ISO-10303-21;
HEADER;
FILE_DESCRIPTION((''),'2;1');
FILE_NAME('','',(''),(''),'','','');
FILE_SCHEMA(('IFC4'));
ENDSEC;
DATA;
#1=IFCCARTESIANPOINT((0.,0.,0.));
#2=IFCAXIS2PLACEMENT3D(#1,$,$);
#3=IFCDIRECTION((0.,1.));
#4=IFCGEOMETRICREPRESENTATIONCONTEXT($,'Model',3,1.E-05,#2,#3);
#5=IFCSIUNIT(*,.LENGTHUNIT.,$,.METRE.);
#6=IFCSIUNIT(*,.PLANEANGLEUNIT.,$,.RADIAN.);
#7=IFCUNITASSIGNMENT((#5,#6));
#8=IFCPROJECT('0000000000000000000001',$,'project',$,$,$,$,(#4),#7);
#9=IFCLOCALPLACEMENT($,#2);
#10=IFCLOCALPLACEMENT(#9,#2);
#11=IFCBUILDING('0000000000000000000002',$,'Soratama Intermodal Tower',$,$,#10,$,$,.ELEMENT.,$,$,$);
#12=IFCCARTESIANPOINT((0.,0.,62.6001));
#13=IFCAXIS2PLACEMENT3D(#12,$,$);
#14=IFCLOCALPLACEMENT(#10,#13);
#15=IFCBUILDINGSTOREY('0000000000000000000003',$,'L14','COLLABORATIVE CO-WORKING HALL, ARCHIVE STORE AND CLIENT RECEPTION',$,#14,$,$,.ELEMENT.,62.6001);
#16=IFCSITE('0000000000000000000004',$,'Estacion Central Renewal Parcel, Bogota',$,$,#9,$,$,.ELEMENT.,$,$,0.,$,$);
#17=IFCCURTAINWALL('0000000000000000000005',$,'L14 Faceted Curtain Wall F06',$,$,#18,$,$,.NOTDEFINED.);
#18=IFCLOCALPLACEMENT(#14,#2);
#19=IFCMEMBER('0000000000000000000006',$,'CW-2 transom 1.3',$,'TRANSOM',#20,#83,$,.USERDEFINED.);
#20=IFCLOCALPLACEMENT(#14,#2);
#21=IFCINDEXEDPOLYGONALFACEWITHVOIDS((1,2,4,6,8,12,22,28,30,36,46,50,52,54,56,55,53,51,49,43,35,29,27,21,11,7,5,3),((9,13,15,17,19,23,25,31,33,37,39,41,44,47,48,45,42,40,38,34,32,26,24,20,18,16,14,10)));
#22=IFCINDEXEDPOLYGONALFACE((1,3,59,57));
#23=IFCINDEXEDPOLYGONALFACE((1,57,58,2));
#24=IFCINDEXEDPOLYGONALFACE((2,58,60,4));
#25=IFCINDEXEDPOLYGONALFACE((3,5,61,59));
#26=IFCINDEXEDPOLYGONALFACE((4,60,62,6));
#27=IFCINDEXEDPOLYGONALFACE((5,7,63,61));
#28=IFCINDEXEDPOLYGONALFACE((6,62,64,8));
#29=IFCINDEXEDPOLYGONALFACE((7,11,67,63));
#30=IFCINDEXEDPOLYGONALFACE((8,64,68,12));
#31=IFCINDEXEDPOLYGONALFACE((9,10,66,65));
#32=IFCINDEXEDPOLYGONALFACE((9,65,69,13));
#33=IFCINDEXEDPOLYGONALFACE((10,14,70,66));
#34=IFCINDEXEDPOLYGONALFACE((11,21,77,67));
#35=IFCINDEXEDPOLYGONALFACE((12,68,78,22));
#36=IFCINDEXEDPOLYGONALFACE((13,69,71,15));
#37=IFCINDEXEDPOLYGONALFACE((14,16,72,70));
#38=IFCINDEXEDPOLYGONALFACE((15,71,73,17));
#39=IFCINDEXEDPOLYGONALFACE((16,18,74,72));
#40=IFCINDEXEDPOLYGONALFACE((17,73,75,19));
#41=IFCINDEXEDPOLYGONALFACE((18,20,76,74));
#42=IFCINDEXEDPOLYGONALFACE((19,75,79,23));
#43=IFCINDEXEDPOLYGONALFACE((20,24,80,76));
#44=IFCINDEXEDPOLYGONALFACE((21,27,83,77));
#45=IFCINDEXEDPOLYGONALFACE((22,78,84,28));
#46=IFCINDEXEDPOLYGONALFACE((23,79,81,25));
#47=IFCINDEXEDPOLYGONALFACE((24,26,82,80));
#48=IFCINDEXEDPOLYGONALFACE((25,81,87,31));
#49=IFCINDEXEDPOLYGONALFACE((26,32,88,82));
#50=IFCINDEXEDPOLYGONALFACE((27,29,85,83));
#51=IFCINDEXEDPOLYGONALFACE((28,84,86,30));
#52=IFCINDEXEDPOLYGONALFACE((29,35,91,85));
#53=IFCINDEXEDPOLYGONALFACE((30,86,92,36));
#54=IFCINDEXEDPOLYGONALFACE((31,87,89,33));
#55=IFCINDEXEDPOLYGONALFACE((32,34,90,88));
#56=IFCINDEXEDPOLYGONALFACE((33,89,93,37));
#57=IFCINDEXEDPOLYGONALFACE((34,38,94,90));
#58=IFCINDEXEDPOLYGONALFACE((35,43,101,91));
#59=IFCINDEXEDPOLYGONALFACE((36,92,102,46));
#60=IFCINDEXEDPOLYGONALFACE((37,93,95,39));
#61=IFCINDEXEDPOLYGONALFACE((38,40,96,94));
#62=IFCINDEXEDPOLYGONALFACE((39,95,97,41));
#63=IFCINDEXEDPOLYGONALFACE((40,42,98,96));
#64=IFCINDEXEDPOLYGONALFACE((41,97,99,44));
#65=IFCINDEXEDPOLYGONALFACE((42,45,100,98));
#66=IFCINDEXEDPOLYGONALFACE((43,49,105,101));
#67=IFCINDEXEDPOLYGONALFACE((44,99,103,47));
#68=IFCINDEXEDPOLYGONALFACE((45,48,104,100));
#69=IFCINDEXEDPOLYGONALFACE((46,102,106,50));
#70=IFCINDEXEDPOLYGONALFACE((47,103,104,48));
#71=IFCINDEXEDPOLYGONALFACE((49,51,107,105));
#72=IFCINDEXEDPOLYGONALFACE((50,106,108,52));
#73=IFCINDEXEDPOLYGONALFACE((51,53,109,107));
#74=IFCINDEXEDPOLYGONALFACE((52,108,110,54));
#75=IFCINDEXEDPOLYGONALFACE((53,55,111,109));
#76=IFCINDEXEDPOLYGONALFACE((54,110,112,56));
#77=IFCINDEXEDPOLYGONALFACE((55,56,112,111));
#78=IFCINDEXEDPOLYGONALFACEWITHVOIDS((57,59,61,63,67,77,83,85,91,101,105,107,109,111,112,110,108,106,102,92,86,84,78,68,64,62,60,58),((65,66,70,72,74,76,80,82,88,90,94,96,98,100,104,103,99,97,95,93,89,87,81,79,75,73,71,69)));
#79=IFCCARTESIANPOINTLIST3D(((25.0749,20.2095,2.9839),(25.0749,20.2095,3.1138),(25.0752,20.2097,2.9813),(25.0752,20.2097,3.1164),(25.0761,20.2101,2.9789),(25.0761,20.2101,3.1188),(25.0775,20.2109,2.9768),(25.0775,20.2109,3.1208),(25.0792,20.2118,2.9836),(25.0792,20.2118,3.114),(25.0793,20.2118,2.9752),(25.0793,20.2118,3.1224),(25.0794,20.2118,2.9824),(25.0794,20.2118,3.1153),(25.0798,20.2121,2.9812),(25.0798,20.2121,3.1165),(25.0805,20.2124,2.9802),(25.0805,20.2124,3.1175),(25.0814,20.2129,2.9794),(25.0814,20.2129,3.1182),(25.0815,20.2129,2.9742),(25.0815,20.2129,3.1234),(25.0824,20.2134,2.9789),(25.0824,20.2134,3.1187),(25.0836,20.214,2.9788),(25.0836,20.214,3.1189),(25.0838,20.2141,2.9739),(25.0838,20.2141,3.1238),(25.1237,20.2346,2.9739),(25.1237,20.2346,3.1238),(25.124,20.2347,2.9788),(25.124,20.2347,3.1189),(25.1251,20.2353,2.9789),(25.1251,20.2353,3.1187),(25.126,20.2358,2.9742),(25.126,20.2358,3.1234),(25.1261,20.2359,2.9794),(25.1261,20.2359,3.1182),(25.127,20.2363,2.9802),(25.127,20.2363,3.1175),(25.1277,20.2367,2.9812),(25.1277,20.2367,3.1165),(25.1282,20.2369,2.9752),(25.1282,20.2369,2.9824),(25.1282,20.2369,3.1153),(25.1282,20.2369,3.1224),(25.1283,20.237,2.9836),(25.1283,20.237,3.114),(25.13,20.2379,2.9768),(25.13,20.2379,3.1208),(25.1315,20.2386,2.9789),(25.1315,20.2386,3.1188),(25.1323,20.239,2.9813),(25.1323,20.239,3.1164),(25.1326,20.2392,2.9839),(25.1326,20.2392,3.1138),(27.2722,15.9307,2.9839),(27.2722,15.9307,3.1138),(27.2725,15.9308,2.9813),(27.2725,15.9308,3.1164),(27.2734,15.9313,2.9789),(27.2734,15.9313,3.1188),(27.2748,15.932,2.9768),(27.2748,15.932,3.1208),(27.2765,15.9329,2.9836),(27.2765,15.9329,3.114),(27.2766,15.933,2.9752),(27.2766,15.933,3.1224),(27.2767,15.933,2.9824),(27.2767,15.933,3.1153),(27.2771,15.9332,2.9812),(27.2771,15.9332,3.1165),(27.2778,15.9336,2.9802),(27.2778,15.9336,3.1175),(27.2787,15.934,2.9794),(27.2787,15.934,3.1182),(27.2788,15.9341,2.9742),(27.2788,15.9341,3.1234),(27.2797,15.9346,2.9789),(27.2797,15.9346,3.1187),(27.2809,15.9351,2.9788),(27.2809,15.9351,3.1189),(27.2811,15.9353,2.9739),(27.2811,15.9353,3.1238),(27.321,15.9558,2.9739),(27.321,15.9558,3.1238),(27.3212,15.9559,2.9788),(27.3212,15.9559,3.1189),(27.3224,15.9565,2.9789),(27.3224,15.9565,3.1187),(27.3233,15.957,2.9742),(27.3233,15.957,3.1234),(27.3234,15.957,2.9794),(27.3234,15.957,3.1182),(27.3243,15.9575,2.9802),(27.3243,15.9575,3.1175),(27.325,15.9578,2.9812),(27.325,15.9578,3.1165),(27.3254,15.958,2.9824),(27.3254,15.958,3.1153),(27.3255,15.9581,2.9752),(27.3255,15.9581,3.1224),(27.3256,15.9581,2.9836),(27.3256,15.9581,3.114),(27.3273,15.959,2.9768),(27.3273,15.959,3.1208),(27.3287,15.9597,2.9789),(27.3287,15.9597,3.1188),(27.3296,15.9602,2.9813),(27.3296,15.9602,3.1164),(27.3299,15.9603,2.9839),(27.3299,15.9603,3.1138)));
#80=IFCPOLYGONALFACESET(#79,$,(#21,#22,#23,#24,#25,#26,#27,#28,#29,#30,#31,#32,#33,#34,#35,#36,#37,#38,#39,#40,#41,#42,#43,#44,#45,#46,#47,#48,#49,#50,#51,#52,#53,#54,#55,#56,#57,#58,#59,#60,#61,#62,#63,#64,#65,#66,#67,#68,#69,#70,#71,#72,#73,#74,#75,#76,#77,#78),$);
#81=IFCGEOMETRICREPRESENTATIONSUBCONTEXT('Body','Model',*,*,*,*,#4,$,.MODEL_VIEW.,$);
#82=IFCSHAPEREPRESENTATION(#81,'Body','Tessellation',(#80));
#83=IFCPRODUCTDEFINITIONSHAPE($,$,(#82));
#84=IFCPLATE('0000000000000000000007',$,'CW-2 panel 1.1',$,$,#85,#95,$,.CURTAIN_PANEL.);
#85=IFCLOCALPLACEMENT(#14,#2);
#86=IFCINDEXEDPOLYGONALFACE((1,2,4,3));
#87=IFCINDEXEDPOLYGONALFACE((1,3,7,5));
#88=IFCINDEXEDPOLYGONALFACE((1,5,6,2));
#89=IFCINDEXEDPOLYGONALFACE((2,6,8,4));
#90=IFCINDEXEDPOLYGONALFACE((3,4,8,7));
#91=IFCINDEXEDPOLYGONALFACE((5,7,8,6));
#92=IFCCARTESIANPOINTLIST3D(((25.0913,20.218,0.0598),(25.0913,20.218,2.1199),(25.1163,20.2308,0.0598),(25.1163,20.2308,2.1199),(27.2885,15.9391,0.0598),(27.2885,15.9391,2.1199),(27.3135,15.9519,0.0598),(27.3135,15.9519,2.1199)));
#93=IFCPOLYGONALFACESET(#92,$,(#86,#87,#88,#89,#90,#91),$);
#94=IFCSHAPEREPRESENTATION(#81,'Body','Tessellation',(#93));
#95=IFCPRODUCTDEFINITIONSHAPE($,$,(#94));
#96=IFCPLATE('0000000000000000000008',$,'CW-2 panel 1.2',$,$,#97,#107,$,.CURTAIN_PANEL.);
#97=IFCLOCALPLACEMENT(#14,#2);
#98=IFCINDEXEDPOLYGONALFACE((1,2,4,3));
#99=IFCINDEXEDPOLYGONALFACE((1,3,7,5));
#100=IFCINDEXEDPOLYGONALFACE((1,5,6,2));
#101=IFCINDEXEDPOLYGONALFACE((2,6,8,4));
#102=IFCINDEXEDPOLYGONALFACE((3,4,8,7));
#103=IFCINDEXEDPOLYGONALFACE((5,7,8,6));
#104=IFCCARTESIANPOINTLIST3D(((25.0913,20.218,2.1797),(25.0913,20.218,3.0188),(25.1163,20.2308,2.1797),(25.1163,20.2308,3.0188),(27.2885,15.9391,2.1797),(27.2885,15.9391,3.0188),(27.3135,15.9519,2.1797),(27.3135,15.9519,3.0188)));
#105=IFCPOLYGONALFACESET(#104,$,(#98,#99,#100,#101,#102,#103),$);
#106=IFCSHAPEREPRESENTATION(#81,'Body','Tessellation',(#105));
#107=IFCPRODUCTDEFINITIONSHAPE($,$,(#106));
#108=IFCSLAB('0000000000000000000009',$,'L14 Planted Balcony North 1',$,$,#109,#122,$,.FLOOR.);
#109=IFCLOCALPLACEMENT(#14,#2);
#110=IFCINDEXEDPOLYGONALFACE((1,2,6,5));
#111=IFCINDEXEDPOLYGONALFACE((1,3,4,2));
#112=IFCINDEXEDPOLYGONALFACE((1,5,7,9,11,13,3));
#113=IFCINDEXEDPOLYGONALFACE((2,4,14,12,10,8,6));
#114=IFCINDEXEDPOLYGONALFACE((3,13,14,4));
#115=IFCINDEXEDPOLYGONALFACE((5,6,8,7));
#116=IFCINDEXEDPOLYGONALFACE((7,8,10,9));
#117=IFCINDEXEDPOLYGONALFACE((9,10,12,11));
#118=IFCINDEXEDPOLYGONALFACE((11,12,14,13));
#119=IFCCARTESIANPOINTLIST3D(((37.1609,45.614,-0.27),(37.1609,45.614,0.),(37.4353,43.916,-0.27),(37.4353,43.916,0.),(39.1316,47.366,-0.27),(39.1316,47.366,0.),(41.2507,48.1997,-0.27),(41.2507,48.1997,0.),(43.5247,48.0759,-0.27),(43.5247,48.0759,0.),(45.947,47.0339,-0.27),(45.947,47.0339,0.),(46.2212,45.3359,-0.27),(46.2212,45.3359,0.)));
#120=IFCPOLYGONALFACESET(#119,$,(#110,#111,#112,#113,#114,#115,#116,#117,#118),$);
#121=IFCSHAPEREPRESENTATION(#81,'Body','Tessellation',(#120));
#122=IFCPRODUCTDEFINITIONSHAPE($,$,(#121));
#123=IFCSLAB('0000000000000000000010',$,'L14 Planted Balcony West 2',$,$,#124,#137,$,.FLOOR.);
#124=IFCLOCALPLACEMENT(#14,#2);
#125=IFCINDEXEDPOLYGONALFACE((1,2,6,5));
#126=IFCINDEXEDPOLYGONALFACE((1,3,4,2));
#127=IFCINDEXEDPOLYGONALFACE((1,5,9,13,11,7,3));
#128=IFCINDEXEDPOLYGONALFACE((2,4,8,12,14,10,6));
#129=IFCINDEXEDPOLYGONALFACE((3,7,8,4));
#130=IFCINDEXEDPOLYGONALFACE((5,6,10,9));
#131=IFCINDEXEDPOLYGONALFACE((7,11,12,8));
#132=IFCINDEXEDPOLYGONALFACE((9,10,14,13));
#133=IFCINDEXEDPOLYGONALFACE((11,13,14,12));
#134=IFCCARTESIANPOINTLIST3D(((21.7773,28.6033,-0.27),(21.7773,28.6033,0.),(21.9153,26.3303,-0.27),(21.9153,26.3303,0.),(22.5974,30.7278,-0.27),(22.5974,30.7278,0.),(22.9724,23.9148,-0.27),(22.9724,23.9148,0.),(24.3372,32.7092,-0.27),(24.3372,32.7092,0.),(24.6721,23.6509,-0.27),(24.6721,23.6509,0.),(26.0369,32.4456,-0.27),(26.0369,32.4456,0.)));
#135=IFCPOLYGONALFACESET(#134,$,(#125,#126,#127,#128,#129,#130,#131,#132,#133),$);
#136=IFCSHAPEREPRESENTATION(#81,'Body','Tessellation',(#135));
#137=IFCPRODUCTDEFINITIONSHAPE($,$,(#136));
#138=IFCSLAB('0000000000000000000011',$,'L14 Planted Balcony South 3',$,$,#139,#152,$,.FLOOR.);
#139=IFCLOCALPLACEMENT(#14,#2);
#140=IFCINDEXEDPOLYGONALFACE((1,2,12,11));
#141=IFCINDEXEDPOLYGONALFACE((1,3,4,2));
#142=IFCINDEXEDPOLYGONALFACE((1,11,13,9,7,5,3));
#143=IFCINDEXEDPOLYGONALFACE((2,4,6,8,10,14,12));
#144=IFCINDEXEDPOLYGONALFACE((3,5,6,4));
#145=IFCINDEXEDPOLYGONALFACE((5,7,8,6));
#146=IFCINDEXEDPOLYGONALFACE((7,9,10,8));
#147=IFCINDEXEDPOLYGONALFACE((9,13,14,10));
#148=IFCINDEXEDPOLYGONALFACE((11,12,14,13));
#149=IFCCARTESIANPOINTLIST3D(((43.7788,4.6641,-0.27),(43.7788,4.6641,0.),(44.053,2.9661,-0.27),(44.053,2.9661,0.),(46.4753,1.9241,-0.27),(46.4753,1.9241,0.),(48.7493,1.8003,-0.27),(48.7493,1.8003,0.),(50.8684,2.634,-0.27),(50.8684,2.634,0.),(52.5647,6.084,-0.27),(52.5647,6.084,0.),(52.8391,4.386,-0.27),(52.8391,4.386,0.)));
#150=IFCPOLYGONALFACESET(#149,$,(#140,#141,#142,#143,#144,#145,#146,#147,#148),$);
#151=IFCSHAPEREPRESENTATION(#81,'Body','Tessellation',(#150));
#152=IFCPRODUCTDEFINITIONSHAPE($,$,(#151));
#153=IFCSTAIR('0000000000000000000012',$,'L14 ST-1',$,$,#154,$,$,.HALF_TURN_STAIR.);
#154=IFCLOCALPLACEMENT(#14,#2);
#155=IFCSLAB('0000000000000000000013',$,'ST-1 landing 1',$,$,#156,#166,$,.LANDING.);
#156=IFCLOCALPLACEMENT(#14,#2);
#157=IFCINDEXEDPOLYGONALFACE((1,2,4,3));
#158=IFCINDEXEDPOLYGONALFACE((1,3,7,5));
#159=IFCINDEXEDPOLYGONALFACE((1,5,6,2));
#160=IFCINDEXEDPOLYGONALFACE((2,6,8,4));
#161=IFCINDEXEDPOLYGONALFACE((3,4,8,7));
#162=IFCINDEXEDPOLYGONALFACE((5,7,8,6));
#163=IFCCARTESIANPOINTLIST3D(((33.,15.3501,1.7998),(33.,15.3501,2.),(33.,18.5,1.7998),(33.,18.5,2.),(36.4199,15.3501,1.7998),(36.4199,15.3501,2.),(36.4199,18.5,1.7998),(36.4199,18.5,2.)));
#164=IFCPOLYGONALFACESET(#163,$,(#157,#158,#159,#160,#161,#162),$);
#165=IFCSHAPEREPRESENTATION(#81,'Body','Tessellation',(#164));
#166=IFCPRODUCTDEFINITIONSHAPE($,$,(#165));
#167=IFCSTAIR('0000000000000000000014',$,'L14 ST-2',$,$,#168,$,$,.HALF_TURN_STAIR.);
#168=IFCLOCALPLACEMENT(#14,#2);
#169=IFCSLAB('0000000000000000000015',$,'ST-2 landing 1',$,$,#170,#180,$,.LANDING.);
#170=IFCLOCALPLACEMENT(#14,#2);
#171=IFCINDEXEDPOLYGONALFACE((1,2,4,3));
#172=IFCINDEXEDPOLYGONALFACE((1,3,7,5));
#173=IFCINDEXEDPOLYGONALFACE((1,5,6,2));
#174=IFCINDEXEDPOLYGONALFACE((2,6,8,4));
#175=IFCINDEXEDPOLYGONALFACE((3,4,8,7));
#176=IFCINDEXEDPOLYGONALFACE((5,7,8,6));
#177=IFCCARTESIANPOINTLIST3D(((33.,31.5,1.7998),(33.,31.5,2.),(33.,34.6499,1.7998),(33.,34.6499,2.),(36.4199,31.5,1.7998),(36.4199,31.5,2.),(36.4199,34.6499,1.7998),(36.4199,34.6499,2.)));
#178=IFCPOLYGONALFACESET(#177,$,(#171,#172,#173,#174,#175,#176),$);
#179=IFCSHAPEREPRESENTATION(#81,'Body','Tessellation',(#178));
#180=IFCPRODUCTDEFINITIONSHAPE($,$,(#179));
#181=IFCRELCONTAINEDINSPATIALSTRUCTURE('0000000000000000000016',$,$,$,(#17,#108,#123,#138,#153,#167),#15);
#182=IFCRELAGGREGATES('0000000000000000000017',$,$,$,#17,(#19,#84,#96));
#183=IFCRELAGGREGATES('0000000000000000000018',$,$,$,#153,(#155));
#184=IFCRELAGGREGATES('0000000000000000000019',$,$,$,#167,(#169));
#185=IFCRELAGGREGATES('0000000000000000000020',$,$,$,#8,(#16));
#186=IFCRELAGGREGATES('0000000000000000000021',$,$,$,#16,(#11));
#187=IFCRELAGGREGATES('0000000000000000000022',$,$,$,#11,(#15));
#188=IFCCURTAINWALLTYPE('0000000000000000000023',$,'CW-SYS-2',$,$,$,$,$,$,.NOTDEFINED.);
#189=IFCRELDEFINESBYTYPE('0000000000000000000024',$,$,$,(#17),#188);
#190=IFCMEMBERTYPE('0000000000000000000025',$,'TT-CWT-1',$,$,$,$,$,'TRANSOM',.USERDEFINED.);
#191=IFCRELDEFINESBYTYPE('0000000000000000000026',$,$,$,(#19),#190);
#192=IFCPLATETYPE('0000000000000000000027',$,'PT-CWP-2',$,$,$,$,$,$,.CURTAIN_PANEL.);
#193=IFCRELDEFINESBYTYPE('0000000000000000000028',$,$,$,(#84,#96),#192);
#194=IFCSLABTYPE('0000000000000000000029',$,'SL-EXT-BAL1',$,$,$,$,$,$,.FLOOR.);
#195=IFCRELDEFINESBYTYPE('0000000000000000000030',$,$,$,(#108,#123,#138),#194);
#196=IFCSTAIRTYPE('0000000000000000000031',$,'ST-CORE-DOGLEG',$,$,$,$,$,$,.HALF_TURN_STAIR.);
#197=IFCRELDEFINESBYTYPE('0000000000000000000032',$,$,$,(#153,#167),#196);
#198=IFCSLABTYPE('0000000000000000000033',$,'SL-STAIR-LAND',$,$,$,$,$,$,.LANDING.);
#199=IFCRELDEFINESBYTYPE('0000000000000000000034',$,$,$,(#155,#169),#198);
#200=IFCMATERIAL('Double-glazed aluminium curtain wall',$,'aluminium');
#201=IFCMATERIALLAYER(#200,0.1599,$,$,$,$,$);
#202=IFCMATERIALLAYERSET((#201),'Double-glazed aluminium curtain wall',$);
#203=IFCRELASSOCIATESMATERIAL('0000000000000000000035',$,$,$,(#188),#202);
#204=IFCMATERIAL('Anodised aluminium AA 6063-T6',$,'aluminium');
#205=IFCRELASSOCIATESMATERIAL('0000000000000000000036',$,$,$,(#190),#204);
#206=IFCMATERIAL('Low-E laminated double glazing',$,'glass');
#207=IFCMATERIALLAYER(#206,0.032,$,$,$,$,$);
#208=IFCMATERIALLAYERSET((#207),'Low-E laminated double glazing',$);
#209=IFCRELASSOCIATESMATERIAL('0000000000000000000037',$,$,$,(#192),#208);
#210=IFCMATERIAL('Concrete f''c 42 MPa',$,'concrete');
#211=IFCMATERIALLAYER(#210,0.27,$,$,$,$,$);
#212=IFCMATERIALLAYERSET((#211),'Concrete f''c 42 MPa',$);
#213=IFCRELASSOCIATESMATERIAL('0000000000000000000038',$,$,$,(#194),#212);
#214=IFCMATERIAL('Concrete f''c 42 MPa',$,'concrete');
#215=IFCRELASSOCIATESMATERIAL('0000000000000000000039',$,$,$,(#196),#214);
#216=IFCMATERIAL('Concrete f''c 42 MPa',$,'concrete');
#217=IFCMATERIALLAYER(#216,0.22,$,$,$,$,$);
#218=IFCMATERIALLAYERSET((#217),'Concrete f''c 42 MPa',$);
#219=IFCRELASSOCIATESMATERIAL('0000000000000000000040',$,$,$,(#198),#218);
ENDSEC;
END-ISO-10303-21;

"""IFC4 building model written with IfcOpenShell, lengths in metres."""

from ifc_helpers import new_model, si_unit, direction, frame, origin, origin_2d, place, context, subcontext, project, spatial, polyline, rectangle, hollow_rectangle, outline, extrude, material, layer, layer_set, material_profile, profile_set, type_object, element, aggregate, save


model = new_model("IFC4")

# Units and contexts
model_context = context("Model", 3, precision=1e-05, world=origin(), true_north=direction((0.0, 1.0)))
body_context = subcontext(model_context, "Body", "Model", "MODEL_VIEW")
ifc_project = project(units=[si_unit("LENGTHUNIT", "METRE"), si_unit("PLANEANGLEUNIT", "RADIAN")], contexts=[model_context])

# Site, building, storey
site_placement = place(None, origin())
site = spatial("IfcSite", under=ifc_project, at=site_placement, Name="Estacion Central Renewal Parcel, Bogota", CompositionType="ELEMENT", RefElevation=0.0)
building_placement = place(site_placement, origin())
building = spatial("IfcBuilding", under=site, at=building_placement, Name="Soratama Intermodal Tower", CompositionType="ELEMENT")
storey_placement = place(building_placement, frame((0.0, 0.0, 62.6001)))
storey = spatial("IfcBuildingStorey", under=building, at=storey_placement, Name="L14", Description="COLLABORATIVE CO-WORKING HALL, ARCHIVE STORE AND CLIENT RECEPTION", CompositionType="ELEMENT", Elevation=62.6001)

# Curtain wall, member, plates
ifc_material_1 = material(Name="Double-glazed aluminium curtain wall", Category="aluminium")
ifc_layer_1 = layer(ifc_material_1, 0.1599)
ifc_layer_set_1 = layer_set([ifc_layer_1], Name="Double-glazed aluminium curtain wall")
curtain_wall_type = type_object("IfcCurtainWallType", Name="CW-SYS-2", PredefinedType="NOTDEFINED", material=ifc_layer_set_1)
curtain_wall_placement = place(storey_placement, origin())
curtain_wall = element("IfcCurtainWall", 1, at=curtain_wall_placement, inside=storey, type_object=curtain_wall_type, Name="L14 Faceted Curtain Wall F06", PredefinedType="NOTDEFINED")
ifc_material_2 = material(Name="Anodised aluminium AA 6063-T6", Category="aluminium")
ifc_material_profile_1 = material_profile(ifc_material_2, hollow_rectangle(XDim=0.0649, YDim=0.1499, WallThickness=0.0049, InnerFilletRadius=0.0049, OuterFilletRadius=0.01, at=origin_2d()), Name="CWT150X65X5")
ifc_profile_set_1 = profile_set([ifc_material_profile_1], Name="Anodised aluminium AA 6063-T6")
member_type_1 = type_object("IfcMemberType", Name="TT-CWT-1", ElementType="TRANSOM", PredefinedType="USERDEFINED", material=ifc_profile_set_1)
member_1_placement = place(storey_placement, frame((25.1038, 20.2244, 3.0488), z_axis=(0.456811, -0.889564, 0.0), x_axis=(0.889564, 0.456811, 0.0)))
member_1 = element("IfcMember", 2, at=member_1_placement, type_object=member_type_1, Name="CW-2 transom 1.3", ObjectType="TRANSOM", PredefinedType="USERDEFINED", context=body_context, shape_type="SweptSolid", body=[
    extrude(hollow_rectangle(XDim=0.0649, YDim=0.1499, WallThickness=0.0049, InnerFilletRadius=0.0049, OuterFilletRadius=0.01, at=origin_2d()), origin(), (0.0, 0.0, 1.0), 4.8101),
])
ifc_material_3 = material(Name="Low-E laminated double glazing", Category="glass")
ifc_layer_2 = layer(ifc_material_3, 0.032)
ifc_layer_set_2 = layer_set([ifc_layer_2], Name="Low-E laminated double glazing")
plate_type = type_object("IfcPlateType", Name="PT-CWP-2", PredefinedType="CURTAIN_PANEL", material=ifc_layer_set_2)
plate_1_placement = place(storey_placement, frame((26.2024, 18.085, 0.0598), z_axis=(0.0, 0.0, 1.0), x_axis=(0.456788, -0.889576, 0.0)))
plate_1 = element("IfcPlate", 3, at=plate_1_placement, type_object=plate_type, Name="CW-2 panel 1.1", PredefinedType="CURTAIN_PANEL", context=body_context, shape_type="SweptSolid", body=[
    extrude(rectangle(XDim=4.8101, YDim=0.0281, at=origin_2d()), origin(), (0.0, 0.0, 1.0), 2.0601),
])
plate_2_placement = place(storey_placement, frame((26.2024, 18.085, 2.1797), z_axis=(0.0, 0.0, 1.0), x_axis=(0.456788, -0.889576, 0.0)))
plate_2 = element("IfcPlate", 4, at=plate_2_placement, type_object=plate_type, Name="CW-2 panel 1.2", PredefinedType="CURTAIN_PANEL", context=body_context, shape_type="SweptSolid", body=[
    extrude(rectangle(XDim=4.8101, YDim=0.0281, at=origin_2d()), origin(), (0.0, 0.0, 1.0), 0.8391),
])
aggregate(curtain_wall, [member_1, plate_1, plate_2])

# Slabs
ifc_material_4 = material(Name="Concrete f'c 42 MPa", Category="concrete")
ifc_layer_3 = layer(ifc_material_4, 0.27)
ifc_layer_set_3 = layer_set([ifc_layer_3], Name="Concrete f'c 42 MPa")
slab_type_1 = type_object("IfcSlabType", Name="SL-EXT-BAL1", PredefinedType="FLOOR", material=ifc_layer_set_3)
slab_1_placement = place(storey_placement, frame((0.0, 0.0, -0.27)))
element("IfcSlab", 5, at=slab_1_placement, inside=storey, type_object=slab_type_1, Name="L14 Planted Balcony North 1", PredefinedType="FLOOR", context=body_context, shape_type="SweptSolid", body=[
    extrude(outline(polyline([(46.2212, 45.3359), (37.4353, 43.916), (37.1609, 45.614), (39.1316, 47.366), (41.2507, 48.1997), (43.5247, 48.0759), (45.947, 47.0339), (46.2212, 45.3359)])), origin(), (0.0, 0.0, 1.0), 0.27),
])
slab_2_placement = place(storey_placement, frame((0.0, 0.0, -0.27)))
element("IfcSlab", 6, at=slab_2_placement, inside=storey, type_object=slab_type_1, Name="L14 Planted Balcony West 2", PredefinedType="FLOOR", context=body_context, shape_type="SweptSolid", body=[
    extrude(outline(polyline([(26.0369, 32.4456), (24.6721, 23.6509), (22.9724, 23.9148), (21.9153, 26.3303), (21.7773, 28.6033), (22.5974, 30.7278), (24.3372, 32.7092), (26.0369, 32.4456)])), origin(), (0.0, 0.0, 1.0), 0.27),
])
slab_3_placement = place(storey_placement, frame((0.0, 0.0, -0.27)))
element("IfcSlab", 7, at=slab_3_placement, inside=storey, type_object=slab_type_1, Name="L14 Planted Balcony South 3", PredefinedType="FLOOR", context=body_context, shape_type="SweptSolid", body=[
    extrude(outline(polyline([(43.7788, 4.6641), (52.5647, 6.084), (52.8391, 4.386), (50.8684, 2.634), (48.7493, 1.8003), (46.4753, 1.9241), (44.053, 2.9661), (43.7788, 4.6641)])), origin(), (0.0, 0.0, 1.0), 0.27),
])

# Stairs, slabs
ifc_material_5 = material(Name="Concrete f'c 42 MPa", Category="concrete")
stair_type = type_object("IfcStairType", Name="ST-CORE-DOGLEG", PredefinedType="HALF_TURN_STAIR", material=ifc_material_5)
stair_1_placement = place(storey_placement, origin())
stair_1 = element("IfcStair", 8, at=stair_1_placement, inside=storey, type_object=stair_type, Name="L14 ST-1", PredefinedType="HALF_TURN_STAIR")
ifc_material_6 = material(Name="Concrete f'c 42 MPa", Category="concrete")
ifc_layer_4 = layer(ifc_material_6, 0.22)
ifc_layer_set_4 = layer_set([ifc_layer_4], Name="Concrete f'c 42 MPa")
slab_type_2 = type_object("IfcSlabType", Name="SL-STAIR-LAND", PredefinedType="LANDING", material=ifc_layer_set_4)
slab_4_placement = place(storey_placement, frame((0.0, 0.0, 1.7998)))
slab_4 = element("IfcSlab", 9, at=slab_4_placement, type_object=slab_type_2, Name="ST-1 landing 1", PredefinedType="LANDING", context=body_context, shape_type="SweptSolid", body=[
    extrude(outline(polyline([(36.4199, 18.5), (33.0, 18.5), (33.0, 15.3501), (36.4199, 15.3501), (36.4199, 18.5)])), origin(), (0.0, 0.0, 1.0), 0.2002),
])
aggregate(stair_1, [slab_4])
stair_2_placement = place(storey_placement, origin())
stair_2 = element("IfcStair", 10, at=stair_2_placement, inside=storey, type_object=stair_type, Name="L14 ST-2", PredefinedType="HALF_TURN_STAIR")
slab_5_placement = place(storey_placement, frame((0.0, 0.0, 1.7998)))
slab_5 = element("IfcSlab", 11, at=slab_5_placement, type_object=slab_type_2, Name="ST-2 landing 1", PredefinedType="LANDING", context=body_context, shape_type="SweptSolid", body=[
    extrude(outline(polyline([(36.4199, 34.6499), (33.0, 34.6499), (33.0, 31.5), (36.4199, 31.5), (36.4199, 34.6499)])), origin(), (0.0, 0.0, 1.0), 0.2002),
])
aggregate(stair_2, [slab_5])

save(model, "model.ifc")
